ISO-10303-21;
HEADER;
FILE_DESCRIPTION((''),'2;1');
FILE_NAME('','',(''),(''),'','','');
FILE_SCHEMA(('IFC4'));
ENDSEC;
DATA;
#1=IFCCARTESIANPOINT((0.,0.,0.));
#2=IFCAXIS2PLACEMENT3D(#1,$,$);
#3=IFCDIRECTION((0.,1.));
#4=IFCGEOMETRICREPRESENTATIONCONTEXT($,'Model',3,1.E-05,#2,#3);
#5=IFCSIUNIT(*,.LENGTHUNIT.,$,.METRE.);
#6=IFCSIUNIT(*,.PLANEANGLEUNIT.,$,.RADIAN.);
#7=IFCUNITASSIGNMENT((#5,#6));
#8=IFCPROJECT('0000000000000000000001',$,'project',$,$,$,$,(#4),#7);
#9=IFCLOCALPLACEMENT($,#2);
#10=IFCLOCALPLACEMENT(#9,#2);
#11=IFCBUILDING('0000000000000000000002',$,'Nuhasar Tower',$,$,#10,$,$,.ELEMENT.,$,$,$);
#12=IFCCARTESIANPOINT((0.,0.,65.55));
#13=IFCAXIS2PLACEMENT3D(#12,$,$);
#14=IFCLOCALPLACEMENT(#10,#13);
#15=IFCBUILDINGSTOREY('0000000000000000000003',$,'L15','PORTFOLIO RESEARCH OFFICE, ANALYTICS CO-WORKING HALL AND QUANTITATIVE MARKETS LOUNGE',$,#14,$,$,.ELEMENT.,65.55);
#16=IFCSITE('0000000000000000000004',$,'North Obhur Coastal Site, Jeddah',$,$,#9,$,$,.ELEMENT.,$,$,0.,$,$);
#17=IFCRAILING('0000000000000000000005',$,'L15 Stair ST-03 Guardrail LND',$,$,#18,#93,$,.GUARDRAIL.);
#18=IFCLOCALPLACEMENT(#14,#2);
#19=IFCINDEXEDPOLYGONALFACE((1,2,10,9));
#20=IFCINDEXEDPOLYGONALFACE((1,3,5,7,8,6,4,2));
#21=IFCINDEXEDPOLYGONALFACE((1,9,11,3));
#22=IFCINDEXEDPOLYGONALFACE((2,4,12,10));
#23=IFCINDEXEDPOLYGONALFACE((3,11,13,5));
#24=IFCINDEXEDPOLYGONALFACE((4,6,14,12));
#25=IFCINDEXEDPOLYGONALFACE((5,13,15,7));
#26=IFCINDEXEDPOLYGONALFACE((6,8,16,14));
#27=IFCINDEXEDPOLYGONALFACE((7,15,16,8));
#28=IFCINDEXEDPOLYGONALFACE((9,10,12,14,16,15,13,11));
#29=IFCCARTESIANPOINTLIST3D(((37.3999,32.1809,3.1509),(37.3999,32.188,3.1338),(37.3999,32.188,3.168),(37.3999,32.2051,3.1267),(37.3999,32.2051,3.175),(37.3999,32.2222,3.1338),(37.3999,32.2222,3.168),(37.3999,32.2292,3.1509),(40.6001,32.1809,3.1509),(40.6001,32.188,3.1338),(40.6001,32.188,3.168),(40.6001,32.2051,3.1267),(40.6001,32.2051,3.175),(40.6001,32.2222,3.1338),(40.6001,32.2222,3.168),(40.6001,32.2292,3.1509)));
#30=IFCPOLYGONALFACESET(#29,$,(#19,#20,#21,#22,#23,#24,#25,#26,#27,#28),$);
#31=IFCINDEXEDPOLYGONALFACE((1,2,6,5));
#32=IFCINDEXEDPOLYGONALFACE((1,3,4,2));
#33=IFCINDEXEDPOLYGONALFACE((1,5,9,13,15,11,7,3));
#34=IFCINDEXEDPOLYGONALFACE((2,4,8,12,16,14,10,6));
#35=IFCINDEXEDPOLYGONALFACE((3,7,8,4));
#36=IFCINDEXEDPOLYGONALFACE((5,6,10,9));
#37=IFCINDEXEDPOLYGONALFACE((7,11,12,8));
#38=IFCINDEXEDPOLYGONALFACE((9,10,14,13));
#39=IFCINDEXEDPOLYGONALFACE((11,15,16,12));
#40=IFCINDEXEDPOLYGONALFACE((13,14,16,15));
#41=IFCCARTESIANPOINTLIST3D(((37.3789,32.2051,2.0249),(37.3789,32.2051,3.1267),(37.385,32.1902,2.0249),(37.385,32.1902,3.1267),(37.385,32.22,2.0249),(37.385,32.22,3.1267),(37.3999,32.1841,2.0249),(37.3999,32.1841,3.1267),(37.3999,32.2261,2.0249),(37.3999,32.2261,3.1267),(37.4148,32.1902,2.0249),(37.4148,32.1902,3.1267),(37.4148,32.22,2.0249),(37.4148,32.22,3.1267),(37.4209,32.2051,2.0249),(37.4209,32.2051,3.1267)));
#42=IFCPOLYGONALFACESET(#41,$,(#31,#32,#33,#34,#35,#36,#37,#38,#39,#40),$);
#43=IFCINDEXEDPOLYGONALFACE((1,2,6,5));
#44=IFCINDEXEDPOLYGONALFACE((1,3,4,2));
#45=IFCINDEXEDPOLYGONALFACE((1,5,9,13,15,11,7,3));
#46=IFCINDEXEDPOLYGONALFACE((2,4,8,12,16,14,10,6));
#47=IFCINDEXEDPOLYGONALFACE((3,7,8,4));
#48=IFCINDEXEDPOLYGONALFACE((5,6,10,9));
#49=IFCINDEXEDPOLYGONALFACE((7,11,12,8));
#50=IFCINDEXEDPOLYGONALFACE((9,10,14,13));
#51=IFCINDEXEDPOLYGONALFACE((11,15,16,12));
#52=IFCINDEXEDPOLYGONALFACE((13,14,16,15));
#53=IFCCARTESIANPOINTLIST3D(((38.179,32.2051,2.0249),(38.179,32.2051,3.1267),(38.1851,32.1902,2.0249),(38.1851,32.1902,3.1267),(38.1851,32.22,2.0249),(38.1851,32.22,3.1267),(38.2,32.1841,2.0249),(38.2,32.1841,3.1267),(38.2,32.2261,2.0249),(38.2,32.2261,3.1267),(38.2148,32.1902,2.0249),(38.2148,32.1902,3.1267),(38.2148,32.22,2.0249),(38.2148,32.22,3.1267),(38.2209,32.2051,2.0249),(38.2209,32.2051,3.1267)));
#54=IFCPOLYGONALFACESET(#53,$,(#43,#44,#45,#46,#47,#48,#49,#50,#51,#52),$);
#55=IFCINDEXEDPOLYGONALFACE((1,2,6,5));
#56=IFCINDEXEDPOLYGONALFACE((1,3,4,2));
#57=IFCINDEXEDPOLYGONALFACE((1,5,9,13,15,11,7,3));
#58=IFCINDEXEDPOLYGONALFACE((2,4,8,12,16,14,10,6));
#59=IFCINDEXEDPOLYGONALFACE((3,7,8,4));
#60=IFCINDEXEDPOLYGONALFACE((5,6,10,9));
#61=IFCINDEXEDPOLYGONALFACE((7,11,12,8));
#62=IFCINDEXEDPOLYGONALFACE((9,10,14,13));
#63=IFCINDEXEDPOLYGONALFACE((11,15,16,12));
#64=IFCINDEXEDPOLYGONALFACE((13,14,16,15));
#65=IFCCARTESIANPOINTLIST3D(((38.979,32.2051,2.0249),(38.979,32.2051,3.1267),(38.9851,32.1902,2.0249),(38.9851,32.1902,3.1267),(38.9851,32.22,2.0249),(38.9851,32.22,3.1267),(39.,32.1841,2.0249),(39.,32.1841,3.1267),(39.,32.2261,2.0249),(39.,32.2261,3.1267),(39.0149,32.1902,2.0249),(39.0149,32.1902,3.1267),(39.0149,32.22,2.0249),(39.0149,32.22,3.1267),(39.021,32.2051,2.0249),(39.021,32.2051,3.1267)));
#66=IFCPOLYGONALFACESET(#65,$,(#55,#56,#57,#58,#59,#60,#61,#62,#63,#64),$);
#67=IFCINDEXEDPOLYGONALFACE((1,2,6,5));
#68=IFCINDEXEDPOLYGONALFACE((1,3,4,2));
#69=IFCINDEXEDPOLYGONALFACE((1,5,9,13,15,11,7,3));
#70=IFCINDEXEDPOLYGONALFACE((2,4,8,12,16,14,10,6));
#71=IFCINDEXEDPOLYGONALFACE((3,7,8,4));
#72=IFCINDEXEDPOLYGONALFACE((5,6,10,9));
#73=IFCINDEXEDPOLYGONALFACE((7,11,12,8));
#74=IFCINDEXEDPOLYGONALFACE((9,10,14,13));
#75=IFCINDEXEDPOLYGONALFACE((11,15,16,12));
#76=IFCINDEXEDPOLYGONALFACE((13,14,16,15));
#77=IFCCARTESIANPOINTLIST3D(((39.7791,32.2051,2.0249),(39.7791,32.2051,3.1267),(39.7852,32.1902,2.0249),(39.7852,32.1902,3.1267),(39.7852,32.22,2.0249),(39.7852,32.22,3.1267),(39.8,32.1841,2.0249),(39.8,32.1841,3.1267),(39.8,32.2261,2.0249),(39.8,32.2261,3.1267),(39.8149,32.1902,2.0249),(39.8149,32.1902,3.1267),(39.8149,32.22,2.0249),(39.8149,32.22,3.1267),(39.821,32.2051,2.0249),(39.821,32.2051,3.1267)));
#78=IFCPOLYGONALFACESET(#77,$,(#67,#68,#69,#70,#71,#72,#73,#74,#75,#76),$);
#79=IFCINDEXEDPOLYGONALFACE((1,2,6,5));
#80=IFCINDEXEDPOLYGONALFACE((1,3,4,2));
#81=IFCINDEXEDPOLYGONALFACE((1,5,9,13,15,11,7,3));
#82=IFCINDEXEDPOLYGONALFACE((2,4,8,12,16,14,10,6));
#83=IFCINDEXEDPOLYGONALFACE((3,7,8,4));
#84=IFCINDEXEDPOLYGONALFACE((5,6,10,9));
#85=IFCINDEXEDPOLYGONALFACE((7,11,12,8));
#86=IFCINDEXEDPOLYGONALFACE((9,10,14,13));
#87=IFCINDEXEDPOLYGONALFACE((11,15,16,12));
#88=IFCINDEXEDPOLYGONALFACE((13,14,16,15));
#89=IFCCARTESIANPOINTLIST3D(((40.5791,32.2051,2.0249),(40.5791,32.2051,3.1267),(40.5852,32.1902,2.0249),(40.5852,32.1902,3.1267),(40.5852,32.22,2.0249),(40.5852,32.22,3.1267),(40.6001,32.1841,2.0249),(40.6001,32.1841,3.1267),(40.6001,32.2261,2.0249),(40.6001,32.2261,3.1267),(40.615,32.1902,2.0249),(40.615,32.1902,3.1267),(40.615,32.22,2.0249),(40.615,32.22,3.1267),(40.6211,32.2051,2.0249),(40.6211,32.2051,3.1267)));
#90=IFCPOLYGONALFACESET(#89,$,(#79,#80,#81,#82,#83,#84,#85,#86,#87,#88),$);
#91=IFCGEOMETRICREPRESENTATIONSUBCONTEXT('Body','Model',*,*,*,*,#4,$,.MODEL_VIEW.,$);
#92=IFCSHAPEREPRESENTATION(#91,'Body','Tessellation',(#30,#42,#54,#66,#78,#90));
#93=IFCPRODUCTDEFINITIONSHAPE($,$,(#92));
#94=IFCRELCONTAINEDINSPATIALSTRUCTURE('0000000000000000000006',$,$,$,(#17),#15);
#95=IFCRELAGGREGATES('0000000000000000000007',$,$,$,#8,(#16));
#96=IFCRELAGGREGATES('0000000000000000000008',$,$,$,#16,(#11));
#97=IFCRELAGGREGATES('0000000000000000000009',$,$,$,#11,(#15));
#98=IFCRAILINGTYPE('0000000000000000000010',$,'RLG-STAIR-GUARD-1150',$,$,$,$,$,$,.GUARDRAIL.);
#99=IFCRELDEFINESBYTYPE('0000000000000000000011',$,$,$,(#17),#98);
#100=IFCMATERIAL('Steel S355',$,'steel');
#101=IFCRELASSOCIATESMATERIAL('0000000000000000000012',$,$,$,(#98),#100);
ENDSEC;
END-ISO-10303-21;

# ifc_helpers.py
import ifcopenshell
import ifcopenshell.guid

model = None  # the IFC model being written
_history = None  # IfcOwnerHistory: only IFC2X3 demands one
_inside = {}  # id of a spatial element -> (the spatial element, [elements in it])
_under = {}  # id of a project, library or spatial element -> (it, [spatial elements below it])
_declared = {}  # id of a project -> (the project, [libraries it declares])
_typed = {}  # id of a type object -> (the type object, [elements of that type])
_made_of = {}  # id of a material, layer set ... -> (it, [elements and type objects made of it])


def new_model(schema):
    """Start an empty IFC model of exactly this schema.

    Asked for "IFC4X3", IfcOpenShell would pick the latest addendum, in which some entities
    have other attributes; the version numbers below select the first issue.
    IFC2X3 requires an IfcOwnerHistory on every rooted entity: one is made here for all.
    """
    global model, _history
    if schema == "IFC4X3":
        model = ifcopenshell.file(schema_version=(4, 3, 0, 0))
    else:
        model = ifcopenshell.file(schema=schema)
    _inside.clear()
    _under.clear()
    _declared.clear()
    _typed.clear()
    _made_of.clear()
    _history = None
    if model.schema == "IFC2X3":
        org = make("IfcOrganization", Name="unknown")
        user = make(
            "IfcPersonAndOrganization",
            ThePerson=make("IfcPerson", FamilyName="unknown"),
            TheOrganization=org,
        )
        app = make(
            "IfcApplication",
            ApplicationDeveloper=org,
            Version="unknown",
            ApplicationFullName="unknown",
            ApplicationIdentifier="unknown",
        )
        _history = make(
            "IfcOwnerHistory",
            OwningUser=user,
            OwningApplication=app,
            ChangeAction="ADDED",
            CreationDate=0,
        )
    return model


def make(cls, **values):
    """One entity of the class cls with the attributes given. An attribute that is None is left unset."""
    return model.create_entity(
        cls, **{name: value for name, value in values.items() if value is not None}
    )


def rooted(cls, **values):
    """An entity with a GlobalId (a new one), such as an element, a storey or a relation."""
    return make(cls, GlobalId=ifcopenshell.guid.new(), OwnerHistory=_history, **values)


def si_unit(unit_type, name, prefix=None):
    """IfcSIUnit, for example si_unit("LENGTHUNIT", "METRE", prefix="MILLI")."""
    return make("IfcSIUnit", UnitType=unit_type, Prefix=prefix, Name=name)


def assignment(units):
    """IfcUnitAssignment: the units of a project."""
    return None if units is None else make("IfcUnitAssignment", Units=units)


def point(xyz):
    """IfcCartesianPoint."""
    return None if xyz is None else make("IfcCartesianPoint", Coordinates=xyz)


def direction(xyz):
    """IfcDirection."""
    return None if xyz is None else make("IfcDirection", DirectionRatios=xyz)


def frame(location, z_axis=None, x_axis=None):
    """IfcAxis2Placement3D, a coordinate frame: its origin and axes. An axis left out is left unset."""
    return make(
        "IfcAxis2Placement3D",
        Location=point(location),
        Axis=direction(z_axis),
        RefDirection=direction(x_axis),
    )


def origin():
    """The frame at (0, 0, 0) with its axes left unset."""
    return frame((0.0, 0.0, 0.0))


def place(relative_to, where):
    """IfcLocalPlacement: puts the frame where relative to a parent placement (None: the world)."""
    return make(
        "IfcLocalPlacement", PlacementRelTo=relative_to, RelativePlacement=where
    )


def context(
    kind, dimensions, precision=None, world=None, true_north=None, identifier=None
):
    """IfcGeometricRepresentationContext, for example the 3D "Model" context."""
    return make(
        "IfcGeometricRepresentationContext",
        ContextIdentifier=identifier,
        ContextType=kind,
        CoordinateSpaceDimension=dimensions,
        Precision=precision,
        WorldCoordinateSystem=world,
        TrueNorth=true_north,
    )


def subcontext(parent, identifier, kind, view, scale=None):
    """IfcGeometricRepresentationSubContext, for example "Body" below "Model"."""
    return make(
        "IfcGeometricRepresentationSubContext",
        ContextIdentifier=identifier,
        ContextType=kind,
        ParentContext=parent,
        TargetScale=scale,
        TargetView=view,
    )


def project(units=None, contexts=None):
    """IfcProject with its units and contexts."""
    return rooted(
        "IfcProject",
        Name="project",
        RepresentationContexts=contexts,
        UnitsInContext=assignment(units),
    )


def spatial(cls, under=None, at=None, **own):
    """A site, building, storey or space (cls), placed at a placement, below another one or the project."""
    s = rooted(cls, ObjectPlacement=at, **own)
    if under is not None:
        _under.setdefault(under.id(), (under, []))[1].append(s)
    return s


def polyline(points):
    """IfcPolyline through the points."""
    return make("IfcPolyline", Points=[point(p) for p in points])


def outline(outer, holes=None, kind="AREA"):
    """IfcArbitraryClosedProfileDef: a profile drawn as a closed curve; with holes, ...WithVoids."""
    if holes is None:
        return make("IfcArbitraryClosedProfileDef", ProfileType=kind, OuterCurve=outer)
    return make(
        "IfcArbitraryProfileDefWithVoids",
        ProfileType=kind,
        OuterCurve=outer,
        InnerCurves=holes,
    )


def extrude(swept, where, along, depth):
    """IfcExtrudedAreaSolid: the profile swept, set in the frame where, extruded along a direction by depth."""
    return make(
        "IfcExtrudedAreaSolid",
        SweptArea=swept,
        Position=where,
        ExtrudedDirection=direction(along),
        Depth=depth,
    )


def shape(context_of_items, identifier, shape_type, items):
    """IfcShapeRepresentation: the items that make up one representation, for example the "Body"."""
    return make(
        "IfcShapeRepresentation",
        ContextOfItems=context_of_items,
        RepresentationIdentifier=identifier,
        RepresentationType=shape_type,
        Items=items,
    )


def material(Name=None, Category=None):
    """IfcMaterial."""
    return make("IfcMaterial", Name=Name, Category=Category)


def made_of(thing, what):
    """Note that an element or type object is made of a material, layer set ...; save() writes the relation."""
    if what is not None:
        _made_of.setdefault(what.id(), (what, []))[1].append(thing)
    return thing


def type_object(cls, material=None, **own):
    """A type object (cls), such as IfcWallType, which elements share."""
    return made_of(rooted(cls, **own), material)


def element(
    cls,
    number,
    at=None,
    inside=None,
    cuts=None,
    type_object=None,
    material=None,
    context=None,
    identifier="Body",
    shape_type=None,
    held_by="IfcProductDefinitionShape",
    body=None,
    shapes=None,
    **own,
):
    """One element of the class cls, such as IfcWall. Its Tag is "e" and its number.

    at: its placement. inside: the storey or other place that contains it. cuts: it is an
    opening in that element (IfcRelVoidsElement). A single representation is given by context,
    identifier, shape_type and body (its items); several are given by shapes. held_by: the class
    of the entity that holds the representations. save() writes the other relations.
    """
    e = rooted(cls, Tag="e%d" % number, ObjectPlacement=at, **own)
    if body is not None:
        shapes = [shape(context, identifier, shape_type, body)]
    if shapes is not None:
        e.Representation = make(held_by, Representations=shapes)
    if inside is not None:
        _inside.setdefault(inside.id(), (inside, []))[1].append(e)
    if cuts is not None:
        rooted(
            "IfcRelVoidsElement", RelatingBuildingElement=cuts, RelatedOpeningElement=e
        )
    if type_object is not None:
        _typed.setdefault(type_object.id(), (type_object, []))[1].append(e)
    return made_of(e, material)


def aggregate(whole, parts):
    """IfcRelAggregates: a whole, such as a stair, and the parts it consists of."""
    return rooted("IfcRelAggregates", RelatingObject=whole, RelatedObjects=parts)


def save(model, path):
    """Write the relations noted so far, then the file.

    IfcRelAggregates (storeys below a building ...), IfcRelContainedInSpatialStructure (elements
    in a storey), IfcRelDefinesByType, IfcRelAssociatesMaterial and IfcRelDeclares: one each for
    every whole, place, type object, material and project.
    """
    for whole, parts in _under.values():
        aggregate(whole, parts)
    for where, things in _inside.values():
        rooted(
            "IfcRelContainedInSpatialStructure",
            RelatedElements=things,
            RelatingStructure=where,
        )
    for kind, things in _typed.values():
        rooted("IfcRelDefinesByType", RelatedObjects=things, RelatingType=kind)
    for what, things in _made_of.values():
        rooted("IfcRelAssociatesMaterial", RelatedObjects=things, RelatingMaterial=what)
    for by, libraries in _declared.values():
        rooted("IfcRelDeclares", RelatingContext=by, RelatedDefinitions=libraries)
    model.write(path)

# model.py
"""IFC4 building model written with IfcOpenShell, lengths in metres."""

from ifc_helpers import new_model, si_unit, direction, frame, origin, place, context, subcontext, project, spatial, polyline, outline, extrude, material, type_object, element, save


model = new_model("IFC4")

# Units and contexts
model_context = context("Model", 3, precision=1e-05, world=origin(), true_north=direction((0.0, 1.0)))
body_context = subcontext(model_context, "Body", "Model", "MODEL_VIEW")
ifc_project = project(units=[si_unit("LENGTHUNIT", "METRE"), si_unit("PLANEANGLEUNIT", "RADIAN")], contexts=[model_context])

# Site, building, storey
site_placement = place(None, origin())
site = spatial("IfcSite", under=ifc_project, at=site_placement, Name="North Obhur Coastal Site, Jeddah", CompositionType="ELEMENT", RefElevation=0.0)
building_placement = place(site_placement, origin())
building = spatial("IfcBuilding", under=site, at=building_placement, Name="Nuhasar Tower", CompositionType="ELEMENT")
storey_placement = place(building_placement, frame((0.0, 0.0, 65.55)))
storey = spatial("IfcBuildingStorey", under=building, at=storey_placement, Name="L15", Description="PORTFOLIO RESEARCH OFFICE, ANALYTICS CO-WORKING HALL AND QUANTITATIVE MARKETS LOUNGE", CompositionType="ELEMENT", Elevation=65.55)

# Shared definitions
ifc_material_1 = material(Name="Steel S355", Category="steel")

# Railing
railing_type_1 = type_object("IfcRailingType", Name="RLG-STAIR-GUARD-1150", PredefinedType="GUARDRAIL", material=ifc_material_1)
railing_1_placement = place(storey_placement, frame((37.3999, 32.2051, 2.0249)))
element("IfcRailing", 1, at=railing_1_placement, inside=storey, type_object=railing_type_1, Name="L15 Stair ST-03 Guardrail LND", PredefinedType="GUARDRAIL", context=body_context, shape_type="SweptSolid", body=[
    extrude(outline(polyline([(0.0242, 0.0), (0.0171, 0.0171), (0.0, 0.0242), (-0.0171, 0.0171), (-0.0242, 0.0), (-0.0171, -0.0171), (0.0, -0.0242), (0.0171, -0.0171), (0.0242, 0.0)])), frame((0.0, 0.0, 1.126), z_axis=(1.0, 0.0, 0.0), x_axis=(0.0, 1.0, 0.0)), (0.0, 0.0, 1.0), 3.2002),
    extrude(outline(polyline([(0.021, 0.0), (0.0149, 0.0149), (0.0, 0.021), (-0.0149, 0.0149), (-0.021, 0.0), (-0.0149, -0.0149), (0.0, -0.021), (0.0149, -0.0149), (0.021, 0.0)])), origin(), (0.0, 0.0, 1.0), 1.1018),
    extrude(outline(polyline([(0.021, 0.0), (0.0149, 0.0149), (0.0, 0.021), (-0.0149, 0.0149), (-0.021, 0.0), (-0.0149, -0.0149), (0.0, -0.021), (0.0149, -0.0149), (0.021, 0.0)])), frame((0.8, 0.0, 0.0)), (0.0, 0.0, 1.0), 1.1018),
    extrude(outline(polyline([(0.021, 0.0), (0.0149, 0.0149), (0.0, 0.021), (-0.0149, 0.0149), (-0.021, 0.0), (-0.0149, -0.0149), (0.0, -0.021), (0.0149, -0.0149), (0.021, 0.0)])), frame((1.6001, 0.0, 0.0)), (0.0, 0.0, 1.0), 1.1018),
    extrude(outline(polyline([(0.021, 0.0), (0.0149, 0.0149), (0.0, 0.021), (-0.0149, 0.0149), (-0.021, 0.0), (-0.0149, -0.0149), (0.0, -0.021), (0.0149, -0.0149), (0.021, 0.0)])), frame((2.4001, 0.0, 0.0)), (0.0, 0.0, 1.0), 1.1018),
    extrude(outline(polyline([(0.021, 0.0), (0.0149, 0.0149), (0.0, 0.021), (-0.0149, 0.0149), (-0.021, 0.0), (-0.0149, -0.0149), (0.0, -0.021), (0.0149, -0.0149), (0.021, 0.0)])), frame((3.2002, 0.0, 0.0)), (0.0, 0.0, 1.0), 1.1018),
])

save(model, "model.ifc")
